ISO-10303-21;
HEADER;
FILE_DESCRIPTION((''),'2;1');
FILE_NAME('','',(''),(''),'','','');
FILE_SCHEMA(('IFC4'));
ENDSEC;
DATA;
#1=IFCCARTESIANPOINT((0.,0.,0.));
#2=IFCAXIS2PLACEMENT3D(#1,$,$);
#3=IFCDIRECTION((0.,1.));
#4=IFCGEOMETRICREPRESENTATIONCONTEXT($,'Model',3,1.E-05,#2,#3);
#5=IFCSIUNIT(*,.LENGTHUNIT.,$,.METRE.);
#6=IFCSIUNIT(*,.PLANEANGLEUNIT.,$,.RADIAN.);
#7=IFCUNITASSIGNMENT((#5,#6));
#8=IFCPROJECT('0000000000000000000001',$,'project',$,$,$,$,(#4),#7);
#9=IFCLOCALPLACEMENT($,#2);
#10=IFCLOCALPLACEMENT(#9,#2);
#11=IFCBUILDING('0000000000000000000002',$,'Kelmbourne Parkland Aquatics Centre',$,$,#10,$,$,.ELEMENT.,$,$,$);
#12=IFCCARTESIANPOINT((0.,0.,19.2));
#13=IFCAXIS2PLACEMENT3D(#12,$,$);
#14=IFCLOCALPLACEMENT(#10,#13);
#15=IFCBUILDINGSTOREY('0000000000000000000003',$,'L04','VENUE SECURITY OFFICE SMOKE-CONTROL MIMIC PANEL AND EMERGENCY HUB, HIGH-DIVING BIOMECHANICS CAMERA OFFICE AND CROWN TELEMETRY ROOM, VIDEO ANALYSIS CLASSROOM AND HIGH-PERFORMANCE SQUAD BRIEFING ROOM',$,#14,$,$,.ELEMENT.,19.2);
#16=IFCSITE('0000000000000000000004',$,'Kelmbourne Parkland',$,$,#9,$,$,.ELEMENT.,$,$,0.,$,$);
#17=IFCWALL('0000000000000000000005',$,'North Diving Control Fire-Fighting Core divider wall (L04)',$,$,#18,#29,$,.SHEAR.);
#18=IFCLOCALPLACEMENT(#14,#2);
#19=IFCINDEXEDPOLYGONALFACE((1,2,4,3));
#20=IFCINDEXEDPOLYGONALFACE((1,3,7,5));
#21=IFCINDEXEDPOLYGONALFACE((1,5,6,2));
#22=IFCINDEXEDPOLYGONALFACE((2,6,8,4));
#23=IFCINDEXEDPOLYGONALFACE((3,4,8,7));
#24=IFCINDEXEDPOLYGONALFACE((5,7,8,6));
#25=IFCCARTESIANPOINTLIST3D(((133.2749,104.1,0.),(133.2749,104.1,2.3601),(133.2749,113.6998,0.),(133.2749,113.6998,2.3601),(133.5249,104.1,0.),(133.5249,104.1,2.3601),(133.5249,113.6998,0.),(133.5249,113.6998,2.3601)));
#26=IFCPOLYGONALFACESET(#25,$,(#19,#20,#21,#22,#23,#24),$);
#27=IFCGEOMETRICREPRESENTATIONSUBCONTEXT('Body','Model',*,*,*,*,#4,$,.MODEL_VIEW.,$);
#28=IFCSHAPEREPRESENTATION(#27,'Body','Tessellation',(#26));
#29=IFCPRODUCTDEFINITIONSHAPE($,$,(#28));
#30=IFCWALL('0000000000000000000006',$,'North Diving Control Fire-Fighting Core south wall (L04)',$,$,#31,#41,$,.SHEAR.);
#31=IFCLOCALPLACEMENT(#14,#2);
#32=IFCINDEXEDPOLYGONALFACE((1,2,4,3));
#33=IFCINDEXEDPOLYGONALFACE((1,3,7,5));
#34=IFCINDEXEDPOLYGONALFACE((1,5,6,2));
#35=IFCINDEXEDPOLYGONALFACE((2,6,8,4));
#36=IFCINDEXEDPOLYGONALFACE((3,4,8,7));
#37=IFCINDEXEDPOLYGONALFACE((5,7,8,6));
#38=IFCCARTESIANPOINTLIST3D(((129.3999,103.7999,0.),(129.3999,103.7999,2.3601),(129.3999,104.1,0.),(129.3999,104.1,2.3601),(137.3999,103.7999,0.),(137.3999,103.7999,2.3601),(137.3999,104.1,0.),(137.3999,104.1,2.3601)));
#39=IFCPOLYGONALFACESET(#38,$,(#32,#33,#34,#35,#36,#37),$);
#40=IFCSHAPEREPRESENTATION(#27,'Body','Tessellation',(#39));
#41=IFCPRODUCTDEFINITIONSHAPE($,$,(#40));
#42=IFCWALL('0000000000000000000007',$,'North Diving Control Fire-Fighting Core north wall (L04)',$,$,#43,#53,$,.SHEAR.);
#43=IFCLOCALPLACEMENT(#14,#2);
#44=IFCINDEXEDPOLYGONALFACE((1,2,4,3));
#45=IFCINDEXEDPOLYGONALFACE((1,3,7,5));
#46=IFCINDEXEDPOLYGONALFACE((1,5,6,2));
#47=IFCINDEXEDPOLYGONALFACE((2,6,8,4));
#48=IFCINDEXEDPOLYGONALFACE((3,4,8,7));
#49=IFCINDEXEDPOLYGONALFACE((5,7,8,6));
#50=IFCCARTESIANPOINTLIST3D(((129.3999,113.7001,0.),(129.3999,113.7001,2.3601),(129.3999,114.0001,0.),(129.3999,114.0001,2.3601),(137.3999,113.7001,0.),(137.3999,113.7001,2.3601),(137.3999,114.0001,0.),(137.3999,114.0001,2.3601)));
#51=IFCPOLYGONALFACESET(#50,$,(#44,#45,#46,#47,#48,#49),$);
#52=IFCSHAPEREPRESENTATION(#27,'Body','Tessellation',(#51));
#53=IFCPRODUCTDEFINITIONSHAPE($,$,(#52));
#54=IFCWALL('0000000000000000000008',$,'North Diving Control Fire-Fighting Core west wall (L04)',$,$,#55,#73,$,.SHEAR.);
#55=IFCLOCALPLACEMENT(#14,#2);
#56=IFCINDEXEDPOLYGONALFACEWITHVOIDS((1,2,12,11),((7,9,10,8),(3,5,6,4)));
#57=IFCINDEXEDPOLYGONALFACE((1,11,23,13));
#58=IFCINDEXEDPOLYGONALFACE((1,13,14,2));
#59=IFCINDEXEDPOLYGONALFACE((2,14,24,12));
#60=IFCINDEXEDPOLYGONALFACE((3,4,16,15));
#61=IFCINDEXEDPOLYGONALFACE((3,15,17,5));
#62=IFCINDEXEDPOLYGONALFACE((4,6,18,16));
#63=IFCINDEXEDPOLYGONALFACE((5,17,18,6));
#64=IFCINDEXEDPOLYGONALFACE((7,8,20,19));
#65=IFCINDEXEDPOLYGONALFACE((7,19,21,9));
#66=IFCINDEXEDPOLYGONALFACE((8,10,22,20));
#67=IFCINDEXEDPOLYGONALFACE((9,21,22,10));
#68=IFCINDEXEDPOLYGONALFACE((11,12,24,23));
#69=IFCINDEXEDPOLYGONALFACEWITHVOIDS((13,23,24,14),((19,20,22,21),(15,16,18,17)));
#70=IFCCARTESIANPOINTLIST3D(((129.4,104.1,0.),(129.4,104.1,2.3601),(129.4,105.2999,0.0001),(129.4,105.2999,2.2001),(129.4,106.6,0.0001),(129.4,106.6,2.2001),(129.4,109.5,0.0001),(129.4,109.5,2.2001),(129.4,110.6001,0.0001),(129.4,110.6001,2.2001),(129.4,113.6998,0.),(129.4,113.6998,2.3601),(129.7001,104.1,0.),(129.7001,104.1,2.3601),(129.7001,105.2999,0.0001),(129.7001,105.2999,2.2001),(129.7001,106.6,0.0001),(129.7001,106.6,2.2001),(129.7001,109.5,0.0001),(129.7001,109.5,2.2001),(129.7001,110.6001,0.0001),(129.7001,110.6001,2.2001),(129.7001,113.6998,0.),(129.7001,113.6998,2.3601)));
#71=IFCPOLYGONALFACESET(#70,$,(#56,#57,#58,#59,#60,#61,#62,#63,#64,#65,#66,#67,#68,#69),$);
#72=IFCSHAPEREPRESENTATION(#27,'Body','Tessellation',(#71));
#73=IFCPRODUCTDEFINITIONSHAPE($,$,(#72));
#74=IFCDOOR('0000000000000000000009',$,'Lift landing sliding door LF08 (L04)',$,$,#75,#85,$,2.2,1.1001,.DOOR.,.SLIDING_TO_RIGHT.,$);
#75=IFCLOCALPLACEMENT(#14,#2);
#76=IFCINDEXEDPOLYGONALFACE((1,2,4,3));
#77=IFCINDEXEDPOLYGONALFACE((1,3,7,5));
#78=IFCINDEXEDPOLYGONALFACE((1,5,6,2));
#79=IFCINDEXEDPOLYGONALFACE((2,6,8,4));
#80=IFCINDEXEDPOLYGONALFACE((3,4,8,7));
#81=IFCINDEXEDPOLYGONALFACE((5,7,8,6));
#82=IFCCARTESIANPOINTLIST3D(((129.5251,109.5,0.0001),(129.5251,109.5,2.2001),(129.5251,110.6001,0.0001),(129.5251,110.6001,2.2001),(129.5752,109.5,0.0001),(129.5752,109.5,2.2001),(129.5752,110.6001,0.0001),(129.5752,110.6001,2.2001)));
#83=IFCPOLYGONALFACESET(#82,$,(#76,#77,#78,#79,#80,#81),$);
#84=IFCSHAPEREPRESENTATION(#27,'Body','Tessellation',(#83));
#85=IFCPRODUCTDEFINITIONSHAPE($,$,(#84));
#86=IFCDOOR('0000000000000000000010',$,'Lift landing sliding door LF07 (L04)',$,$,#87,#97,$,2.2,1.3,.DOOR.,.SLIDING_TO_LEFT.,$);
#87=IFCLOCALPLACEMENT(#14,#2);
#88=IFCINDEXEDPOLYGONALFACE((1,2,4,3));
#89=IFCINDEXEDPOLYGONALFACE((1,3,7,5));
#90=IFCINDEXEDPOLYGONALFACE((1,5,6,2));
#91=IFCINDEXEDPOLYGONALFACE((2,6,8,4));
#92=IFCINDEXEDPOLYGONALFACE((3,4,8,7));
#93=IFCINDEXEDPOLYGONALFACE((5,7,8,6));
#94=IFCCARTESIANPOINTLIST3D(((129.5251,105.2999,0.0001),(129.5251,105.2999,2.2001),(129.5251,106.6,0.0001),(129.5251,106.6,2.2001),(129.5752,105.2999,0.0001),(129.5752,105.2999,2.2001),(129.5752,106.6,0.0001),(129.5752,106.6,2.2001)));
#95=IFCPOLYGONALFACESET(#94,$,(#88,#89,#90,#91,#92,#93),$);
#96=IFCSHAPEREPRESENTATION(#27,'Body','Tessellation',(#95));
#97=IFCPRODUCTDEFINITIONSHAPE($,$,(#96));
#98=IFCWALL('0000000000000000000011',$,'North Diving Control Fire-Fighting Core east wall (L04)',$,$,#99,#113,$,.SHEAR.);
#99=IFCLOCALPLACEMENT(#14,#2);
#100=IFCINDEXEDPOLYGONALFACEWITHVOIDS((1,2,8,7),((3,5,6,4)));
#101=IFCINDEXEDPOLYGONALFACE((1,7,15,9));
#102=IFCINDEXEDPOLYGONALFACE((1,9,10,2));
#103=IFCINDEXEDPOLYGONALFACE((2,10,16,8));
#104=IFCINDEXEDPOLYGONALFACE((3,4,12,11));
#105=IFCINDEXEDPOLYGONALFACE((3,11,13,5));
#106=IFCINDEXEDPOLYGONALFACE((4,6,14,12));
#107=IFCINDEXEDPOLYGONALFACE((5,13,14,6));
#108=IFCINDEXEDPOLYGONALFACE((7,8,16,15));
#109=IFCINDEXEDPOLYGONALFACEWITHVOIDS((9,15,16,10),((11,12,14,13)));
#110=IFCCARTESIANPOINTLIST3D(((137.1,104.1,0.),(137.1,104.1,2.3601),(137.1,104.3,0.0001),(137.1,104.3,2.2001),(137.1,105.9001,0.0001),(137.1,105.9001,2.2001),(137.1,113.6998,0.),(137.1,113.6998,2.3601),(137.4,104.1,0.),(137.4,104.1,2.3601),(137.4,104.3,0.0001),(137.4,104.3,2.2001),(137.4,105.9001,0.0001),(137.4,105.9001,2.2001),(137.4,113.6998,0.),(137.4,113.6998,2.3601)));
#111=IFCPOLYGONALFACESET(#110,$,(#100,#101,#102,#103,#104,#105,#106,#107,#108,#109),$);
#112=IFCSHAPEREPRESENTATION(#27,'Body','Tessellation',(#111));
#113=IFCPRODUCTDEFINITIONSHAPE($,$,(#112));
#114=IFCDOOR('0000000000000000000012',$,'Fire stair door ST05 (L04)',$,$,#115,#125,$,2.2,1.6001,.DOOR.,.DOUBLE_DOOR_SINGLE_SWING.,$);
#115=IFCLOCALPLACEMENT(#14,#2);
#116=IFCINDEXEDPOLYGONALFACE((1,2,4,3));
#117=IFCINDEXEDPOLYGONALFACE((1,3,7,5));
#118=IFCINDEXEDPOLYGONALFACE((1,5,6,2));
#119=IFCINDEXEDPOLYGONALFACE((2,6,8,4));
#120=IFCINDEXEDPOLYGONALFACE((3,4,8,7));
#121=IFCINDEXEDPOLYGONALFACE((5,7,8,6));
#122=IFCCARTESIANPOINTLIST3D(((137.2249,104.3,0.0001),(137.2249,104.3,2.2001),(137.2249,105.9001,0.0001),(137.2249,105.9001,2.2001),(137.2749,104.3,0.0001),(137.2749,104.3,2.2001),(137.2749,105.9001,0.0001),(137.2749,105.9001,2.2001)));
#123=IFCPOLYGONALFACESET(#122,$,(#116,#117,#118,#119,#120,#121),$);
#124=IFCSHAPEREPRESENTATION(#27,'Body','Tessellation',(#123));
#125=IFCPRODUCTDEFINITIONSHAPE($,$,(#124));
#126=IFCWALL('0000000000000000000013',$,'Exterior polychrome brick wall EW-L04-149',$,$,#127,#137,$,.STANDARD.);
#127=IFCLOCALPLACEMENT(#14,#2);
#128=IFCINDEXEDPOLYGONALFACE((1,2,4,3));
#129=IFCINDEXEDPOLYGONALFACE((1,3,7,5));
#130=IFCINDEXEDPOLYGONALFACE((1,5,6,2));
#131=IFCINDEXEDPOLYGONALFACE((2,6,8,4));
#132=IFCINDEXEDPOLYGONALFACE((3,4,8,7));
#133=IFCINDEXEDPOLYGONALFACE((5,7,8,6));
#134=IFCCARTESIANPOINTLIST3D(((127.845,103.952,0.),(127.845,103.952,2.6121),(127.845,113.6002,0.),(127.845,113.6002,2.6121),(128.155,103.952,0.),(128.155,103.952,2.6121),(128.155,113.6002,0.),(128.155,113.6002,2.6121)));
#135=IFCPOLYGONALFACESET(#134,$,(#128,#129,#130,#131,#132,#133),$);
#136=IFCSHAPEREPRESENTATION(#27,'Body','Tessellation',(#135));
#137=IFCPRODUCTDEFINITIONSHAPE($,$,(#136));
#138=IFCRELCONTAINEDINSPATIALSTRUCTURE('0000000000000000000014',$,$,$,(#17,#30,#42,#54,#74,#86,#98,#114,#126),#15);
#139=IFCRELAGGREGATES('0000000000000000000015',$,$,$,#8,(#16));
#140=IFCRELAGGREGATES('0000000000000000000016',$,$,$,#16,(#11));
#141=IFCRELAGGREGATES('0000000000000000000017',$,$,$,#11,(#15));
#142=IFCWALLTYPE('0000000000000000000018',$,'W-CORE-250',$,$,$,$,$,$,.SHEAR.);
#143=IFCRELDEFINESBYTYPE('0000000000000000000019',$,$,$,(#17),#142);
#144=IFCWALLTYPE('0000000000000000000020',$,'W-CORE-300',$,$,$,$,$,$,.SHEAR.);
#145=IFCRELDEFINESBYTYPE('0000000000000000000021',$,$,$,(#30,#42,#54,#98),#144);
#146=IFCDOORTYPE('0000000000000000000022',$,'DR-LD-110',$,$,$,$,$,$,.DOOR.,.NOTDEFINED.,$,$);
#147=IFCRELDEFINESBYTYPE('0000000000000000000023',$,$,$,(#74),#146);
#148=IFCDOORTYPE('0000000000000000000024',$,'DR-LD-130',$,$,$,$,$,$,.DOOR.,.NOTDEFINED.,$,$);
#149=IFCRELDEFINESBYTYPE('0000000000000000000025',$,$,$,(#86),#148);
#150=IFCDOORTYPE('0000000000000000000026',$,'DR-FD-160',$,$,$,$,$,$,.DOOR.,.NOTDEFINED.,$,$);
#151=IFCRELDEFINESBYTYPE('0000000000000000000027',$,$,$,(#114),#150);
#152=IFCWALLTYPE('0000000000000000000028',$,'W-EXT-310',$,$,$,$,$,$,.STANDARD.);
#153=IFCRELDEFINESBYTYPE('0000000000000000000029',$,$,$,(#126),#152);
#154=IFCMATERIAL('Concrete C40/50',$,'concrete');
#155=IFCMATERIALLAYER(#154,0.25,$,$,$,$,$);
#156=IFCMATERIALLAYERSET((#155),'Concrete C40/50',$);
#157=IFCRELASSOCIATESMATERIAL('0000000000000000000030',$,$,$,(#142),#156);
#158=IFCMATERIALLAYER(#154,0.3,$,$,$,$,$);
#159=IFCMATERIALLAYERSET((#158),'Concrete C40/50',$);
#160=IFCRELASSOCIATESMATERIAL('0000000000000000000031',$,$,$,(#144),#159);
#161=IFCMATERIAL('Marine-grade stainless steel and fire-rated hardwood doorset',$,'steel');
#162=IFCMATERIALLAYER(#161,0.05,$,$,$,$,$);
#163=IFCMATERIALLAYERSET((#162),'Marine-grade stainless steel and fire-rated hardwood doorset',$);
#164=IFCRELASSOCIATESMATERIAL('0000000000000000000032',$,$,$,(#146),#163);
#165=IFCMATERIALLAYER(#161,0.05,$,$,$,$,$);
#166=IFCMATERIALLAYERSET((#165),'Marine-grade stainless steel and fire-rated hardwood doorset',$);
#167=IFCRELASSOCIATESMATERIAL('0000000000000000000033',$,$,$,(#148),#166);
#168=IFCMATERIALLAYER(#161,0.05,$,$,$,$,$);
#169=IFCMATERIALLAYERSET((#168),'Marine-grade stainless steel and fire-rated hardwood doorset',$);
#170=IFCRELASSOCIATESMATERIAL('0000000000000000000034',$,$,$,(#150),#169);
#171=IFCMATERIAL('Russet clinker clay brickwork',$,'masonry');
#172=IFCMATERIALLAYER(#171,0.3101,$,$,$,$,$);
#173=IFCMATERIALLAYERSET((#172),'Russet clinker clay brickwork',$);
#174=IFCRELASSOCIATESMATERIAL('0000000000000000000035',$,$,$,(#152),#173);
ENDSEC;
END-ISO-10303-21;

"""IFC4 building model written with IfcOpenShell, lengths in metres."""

from ifc_helpers import new_model, si_unit, direction, frame, frame_2d, origin, place, context, subcontext, project, spatial, rectangle, extrude, material, layer, layer_set, type_object, element, fill, save


model = new_model("IFC4")

# Units and contexts
model_context = context("Model", 3, precision=1e-05, world=origin(), true_north=direction((0.0, 1.0)))
body_context = subcontext(model_context, "Body", "Model", "MODEL_VIEW")
ifc_project = project(units=[si_unit("LENGTHUNIT", "METRE"), si_unit("PLANEANGLEUNIT", "RADIAN")], contexts=[model_context])

# Site, building, storey
site_placement = place(None, origin())
site = spatial("IfcSite", under=ifc_project, at=site_placement, Name="Kelmbourne Parkland", CompositionType="ELEMENT", RefElevation=0.0)
building_placement = place(site_placement, origin())
building = spatial("IfcBuilding", under=site, at=building_placement, Name="Kelmbourne Parkland Aquatics Centre", CompositionType="ELEMENT")
storey_placement = place(building_placement, frame((0.0, 0.0, 19.2)))
storey = spatial("IfcBuildingStorey", under=building, at=storey_placement, Name="L04", Description="VENUE SECURITY OFFICE SMOKE-CONTROL MIMIC PANEL AND EMERGENCY HUB, HIGH-DIVING BIOMECHANICS CAMERA OFFICE AND CROWN TELEMETRY ROOM, VIDEO ANALYSIS CLASSROOM AND HIGH-PERFORMANCE SQUAD BRIEFING ROOM", CompositionType="ELEMENT", Elevation=19.2)

# Shared definitions
ifc_material_1 = material(Name="Concrete C40/50", Category="concrete")

# Walls
ifc_layer_1 = layer(ifc_material_1, 0.25)
ifc_layer_set_1 = layer_set([ifc_layer_1], Name="Concrete C40/50")
wall_type_1 = type_object("IfcWallType", Name="W-CORE-250", PredefinedType="SHEAR", material=ifc_layer_set_1)
wall_1_placement = place(storey_placement, frame((133.3999, 104.1001, 0.0), z_axis=(0.0, 0.0, 1.0), x_axis=(0.0, 1.0, 0.0)))
element("IfcWall", 1, at=wall_1_placement, inside=storey, type_object=wall_type_1, Name="North Diving Control Fire-Fighting Core divider wall (L04)", PredefinedType="SHEAR", context=body_context, shape_type="SweptSolid", body=[
    extrude(rectangle(XDim=9.5999, YDim=0.25, at=frame_2d((4.7998, 0.0))), origin(), (0.0, 0.0, 1.0), 2.3601),
])
ifc_layer_2 = layer(ifc_material_1, 0.3)
ifc_layer_set_2 = layer_set([ifc_layer_2], Name="Concrete C40/50")
wall_type_2 = type_object("IfcWallType", Name="W-CORE-300", PredefinedType="SHEAR", material=ifc_layer_set_2)
for number, where, z_axis, x_axis, name in (
    (2, (129.3999, 103.95, 0.0), (0.0, 0.0, 1.0), (1.0, 0.0, 0.0), "North Diving Control Fire-Fighting Core south wall (L04)"),
    (3, (129.3999, 113.8501, 0.0), (0.0, 0.0, 1.0), (1.0, 0.0, 0.0), "North Diving Control Fire-Fighting Core north wall (L04)"),
):
    element("IfcWall", number, at=place(storey_placement, frame(where, z_axis=z_axis, x_axis=x_axis)), inside=storey, type_object=wall_type_2, Name=name, PredefinedType="SHEAR", context=body_context, shape_type="SweptSolid", body=[
        extrude(rectangle(XDim=8.0, YDim=0.3, at=frame_2d((4.0, 0.0))), origin(), (0.0, 0.0, 1.0), 2.3601),
    ])

# Wall, openings, doors
wall_2_placement = place(storey_placement, frame((129.55, 104.1001, 0.0), z_axis=(0.0, 0.0, 1.0), x_axis=(0.0, 1.0, 0.0)))
wall_2 = element("IfcWall", 4, at=wall_2_placement, inside=storey, type_object=wall_type_2, Name="North Diving Control Fire-Fighting Core west wall (L04)", PredefinedType="SHEAR", context=body_context, shape_type="SweptSolid", body=[
    extrude(rectangle(XDim=9.5999, YDim=0.3, at=frame_2d((4.7998, 0.0))), origin(), (0.0, 0.0, 1.0), 2.3601),
])
opening_1_placement = place(wall_2_placement, frame((1.2, 0.0, 0.0)))
opening_1 = element("IfcOpeningElement", 5, at=opening_1_placement, cuts=wall_2, PredefinedType="OPENING", context=body_context, shape_type="SweptSolid", body=[
    extrude(rectangle(XDim=1.3, YDim=2.2, at=frame_2d((0.6499, 1.1001))), frame((0.0, 0.1621, 0.0), z_axis=(0.0, -1.0, 0.0), x_axis=(1.0, 0.0, 0.0)), (0.0, 0.0, 1.0), 0.324),
])
opening_2_placement = place(wall_2_placement, frame((5.3999, 0.0, 0.0)))
opening_2 = element("IfcOpeningElement", 6, at=opening_2_placement, cuts=wall_2, PredefinedType="OPENING", context=body_context, shape_type="SweptSolid", body=[
    extrude(rectangle(XDim=1.1001, YDim=2.2, at=frame_2d((0.55, 1.1001))), frame((0.0, 0.1621, 0.0), z_axis=(0.0, -1.0, 0.0), x_axis=(1.0, 0.0, 0.0)), (0.0, 0.0, 1.0), 0.324),
])
ifc_material_2 = material(Name="Marine-grade stainless steel and fire-rated hardwood doorset", Category="steel")
ifc_layer_3 = layer(ifc_material_2, 0.05)
ifc_layer_set_3 = layer_set([ifc_layer_3], Name="Marine-grade stainless steel and fire-rated hardwood doorset")
door_type_1 = type_object("IfcDoorType", Name="DR-LD-110", OperationType="NOTDEFINED", PredefinedType="DOOR", material=ifc_layer_set_3)
door_1_placement = place(opening_2_placement, origin())
door_1 = element("IfcDoor", 7, at=door_1_placement, inside=storey, type_object=door_type_1, Name="Lift landing sliding door LF08 (L04)", OperationType="SLIDING_TO_RIGHT", OverallHeight=2.2, OverallWidth=1.1001, PredefinedType="DOOR", context=body_context, shape_type="SweptSolid", body=[
    extrude(rectangle(XDim=1.1001, YDim=2.2, at=frame_2d((0.55, 1.1001))), frame((0.0, 0.0249, 0.0), z_axis=(0.0, -1.0, 0.0), x_axis=(1.0, 0.0, 0.0)), (0.0, 0.0, 1.0), 0.05),
])
fill(opening_2, door_1)
ifc_layer_4 = layer(ifc_material_2, 0.05)
ifc_layer_set_4 = layer_set([ifc_layer_4], Name="Marine-grade stainless steel and fire-rated hardwood doorset")
door_type_2 = type_object("IfcDoorType", Name="DR-LD-130", OperationType="NOTDEFINED", PredefinedType="DOOR", material=ifc_layer_set_4)
door_2_placement = place(opening_1_placement, origin())
door_2 = element("IfcDoor", 8, at=door_2_placement, inside=storey, type_object=door_type_2, Name="Lift landing sliding door LF07 (L04)", OperationType="SLIDING_TO_LEFT", OverallHeight=2.2, OverallWidth=1.3, PredefinedType="DOOR", context=body_context, shape_type="SweptSolid", body=[
    extrude(rectangle(XDim=1.3, YDim=2.2, at=frame_2d((0.6499, 1.1001))), frame((0.0, 0.0249, 0.0), z_axis=(0.0, -1.0, 0.0), x_axis=(1.0, 0.0, 0.0)), (0.0, 0.0, 1.0), 0.05),
])
fill(opening_1, door_2)

# Wall, opening, door
wall_3_placement = place(storey_placement, frame((137.25, 104.1001, 0.0), z_axis=(0.0, 0.0, 1.0), x_axis=(0.0, 1.0, 0.0)))
wall_3 = element("IfcWall", 9, at=wall_3_placement, inside=storey, type_object=wall_type_2, Name="North Diving Control Fire-Fighting Core east wall (L04)", PredefinedType="SHEAR", context=body_context, shape_type="SweptSolid", body=[
    extrude(rectangle(XDim=9.5999, YDim=0.3, at=frame_2d((4.7998, 0.0))), origin(), (0.0, 0.0, 1.0), 2.3601),
])
opening_3_placement = place(wall_3_placement, frame((0.2, 0.0, 0.0)))
opening_3 = element("IfcOpeningElement", 10, at=opening_3_placement, cuts=wall_3, PredefinedType="OPENING", context=body_context, shape_type="SweptSolid", body=[
    extrude(rectangle(XDim=1.6001, YDim=2.2, at=frame_2d((0.8, 1.1001))), frame((0.0, 0.1621, 0.0), z_axis=(0.0, -1.0, 0.0), x_axis=(1.0, 0.0, 0.0)), (0.0, 0.0, 1.0), 0.324),
])
ifc_layer_5 = layer(ifc_material_2, 0.05)
ifc_layer_set_5 = layer_set([ifc_layer_5], Name="Marine-grade stainless steel and fire-rated hardwood doorset")
door_type_3 = type_object("IfcDoorType", Name="DR-FD-160", OperationType="NOTDEFINED", PredefinedType="DOOR", material=ifc_layer_set_5)
door_3_placement = place(opening_3_placement, frame((1.6001, 0.0, 0.0), z_axis=(0.0, 0.0, 1.0), x_axis=(-1.0, 0.0, 0.0)))
door_3 = element("IfcDoor", 11, at=door_3_placement, inside=storey, type_object=door_type_3, Name="Fire stair door ST05 (L04)", OperationType="DOUBLE_DOOR_SINGLE_SWING", OverallHeight=2.2, OverallWidth=1.6001, PredefinedType="DOOR", context=body_context, shape_type="SweptSolid", body=[
    extrude(rectangle(XDim=1.6001, YDim=2.2, at=frame_2d((0.8, 1.1001))), frame((0.0, 0.0249, 0.0), z_axis=(0.0, -1.0, 0.0), x_axis=(1.0, 0.0, 0.0)), (0.0, 0.0, 1.0), 0.05),
])
fill(opening_3, door_3)

# Wall
ifc_material_3 = material(Name="Russet clinker clay brickwork", Category="masonry")
ifc_layer_6 = layer(ifc_material_3, 0.3101)
ifc_layer_set_6 = layer_set([ifc_layer_6], Name="Russet clinker clay brickwork")
wall_type_3 = type_object("IfcWallType", Name="W-EXT-310", PredefinedType="STANDARD", material=ifc_layer_set_6)
wall_4_placement = place(storey_placement, frame((128.0, 103.9519, 0.0), z_axis=(0.0, 0.0, 1.0), x_axis=(0.0, 1.0, 0.0)))
element("IfcWall", 12, at=wall_4_placement, inside=storey, type_object=wall_type_3, Name="Exterior polychrome brick wall EW-L04-149", PredefinedType="STANDARD", context=body_context, shape_type="SweptSolid", body=[
    extrude(rectangle(XDim=9.6482, YDim=0.3101, at=frame_2d((4.8242, 0.0))), origin(), (0.0, 0.0, 1.0), 2.6121),
])

save(model, "model.ifc")
